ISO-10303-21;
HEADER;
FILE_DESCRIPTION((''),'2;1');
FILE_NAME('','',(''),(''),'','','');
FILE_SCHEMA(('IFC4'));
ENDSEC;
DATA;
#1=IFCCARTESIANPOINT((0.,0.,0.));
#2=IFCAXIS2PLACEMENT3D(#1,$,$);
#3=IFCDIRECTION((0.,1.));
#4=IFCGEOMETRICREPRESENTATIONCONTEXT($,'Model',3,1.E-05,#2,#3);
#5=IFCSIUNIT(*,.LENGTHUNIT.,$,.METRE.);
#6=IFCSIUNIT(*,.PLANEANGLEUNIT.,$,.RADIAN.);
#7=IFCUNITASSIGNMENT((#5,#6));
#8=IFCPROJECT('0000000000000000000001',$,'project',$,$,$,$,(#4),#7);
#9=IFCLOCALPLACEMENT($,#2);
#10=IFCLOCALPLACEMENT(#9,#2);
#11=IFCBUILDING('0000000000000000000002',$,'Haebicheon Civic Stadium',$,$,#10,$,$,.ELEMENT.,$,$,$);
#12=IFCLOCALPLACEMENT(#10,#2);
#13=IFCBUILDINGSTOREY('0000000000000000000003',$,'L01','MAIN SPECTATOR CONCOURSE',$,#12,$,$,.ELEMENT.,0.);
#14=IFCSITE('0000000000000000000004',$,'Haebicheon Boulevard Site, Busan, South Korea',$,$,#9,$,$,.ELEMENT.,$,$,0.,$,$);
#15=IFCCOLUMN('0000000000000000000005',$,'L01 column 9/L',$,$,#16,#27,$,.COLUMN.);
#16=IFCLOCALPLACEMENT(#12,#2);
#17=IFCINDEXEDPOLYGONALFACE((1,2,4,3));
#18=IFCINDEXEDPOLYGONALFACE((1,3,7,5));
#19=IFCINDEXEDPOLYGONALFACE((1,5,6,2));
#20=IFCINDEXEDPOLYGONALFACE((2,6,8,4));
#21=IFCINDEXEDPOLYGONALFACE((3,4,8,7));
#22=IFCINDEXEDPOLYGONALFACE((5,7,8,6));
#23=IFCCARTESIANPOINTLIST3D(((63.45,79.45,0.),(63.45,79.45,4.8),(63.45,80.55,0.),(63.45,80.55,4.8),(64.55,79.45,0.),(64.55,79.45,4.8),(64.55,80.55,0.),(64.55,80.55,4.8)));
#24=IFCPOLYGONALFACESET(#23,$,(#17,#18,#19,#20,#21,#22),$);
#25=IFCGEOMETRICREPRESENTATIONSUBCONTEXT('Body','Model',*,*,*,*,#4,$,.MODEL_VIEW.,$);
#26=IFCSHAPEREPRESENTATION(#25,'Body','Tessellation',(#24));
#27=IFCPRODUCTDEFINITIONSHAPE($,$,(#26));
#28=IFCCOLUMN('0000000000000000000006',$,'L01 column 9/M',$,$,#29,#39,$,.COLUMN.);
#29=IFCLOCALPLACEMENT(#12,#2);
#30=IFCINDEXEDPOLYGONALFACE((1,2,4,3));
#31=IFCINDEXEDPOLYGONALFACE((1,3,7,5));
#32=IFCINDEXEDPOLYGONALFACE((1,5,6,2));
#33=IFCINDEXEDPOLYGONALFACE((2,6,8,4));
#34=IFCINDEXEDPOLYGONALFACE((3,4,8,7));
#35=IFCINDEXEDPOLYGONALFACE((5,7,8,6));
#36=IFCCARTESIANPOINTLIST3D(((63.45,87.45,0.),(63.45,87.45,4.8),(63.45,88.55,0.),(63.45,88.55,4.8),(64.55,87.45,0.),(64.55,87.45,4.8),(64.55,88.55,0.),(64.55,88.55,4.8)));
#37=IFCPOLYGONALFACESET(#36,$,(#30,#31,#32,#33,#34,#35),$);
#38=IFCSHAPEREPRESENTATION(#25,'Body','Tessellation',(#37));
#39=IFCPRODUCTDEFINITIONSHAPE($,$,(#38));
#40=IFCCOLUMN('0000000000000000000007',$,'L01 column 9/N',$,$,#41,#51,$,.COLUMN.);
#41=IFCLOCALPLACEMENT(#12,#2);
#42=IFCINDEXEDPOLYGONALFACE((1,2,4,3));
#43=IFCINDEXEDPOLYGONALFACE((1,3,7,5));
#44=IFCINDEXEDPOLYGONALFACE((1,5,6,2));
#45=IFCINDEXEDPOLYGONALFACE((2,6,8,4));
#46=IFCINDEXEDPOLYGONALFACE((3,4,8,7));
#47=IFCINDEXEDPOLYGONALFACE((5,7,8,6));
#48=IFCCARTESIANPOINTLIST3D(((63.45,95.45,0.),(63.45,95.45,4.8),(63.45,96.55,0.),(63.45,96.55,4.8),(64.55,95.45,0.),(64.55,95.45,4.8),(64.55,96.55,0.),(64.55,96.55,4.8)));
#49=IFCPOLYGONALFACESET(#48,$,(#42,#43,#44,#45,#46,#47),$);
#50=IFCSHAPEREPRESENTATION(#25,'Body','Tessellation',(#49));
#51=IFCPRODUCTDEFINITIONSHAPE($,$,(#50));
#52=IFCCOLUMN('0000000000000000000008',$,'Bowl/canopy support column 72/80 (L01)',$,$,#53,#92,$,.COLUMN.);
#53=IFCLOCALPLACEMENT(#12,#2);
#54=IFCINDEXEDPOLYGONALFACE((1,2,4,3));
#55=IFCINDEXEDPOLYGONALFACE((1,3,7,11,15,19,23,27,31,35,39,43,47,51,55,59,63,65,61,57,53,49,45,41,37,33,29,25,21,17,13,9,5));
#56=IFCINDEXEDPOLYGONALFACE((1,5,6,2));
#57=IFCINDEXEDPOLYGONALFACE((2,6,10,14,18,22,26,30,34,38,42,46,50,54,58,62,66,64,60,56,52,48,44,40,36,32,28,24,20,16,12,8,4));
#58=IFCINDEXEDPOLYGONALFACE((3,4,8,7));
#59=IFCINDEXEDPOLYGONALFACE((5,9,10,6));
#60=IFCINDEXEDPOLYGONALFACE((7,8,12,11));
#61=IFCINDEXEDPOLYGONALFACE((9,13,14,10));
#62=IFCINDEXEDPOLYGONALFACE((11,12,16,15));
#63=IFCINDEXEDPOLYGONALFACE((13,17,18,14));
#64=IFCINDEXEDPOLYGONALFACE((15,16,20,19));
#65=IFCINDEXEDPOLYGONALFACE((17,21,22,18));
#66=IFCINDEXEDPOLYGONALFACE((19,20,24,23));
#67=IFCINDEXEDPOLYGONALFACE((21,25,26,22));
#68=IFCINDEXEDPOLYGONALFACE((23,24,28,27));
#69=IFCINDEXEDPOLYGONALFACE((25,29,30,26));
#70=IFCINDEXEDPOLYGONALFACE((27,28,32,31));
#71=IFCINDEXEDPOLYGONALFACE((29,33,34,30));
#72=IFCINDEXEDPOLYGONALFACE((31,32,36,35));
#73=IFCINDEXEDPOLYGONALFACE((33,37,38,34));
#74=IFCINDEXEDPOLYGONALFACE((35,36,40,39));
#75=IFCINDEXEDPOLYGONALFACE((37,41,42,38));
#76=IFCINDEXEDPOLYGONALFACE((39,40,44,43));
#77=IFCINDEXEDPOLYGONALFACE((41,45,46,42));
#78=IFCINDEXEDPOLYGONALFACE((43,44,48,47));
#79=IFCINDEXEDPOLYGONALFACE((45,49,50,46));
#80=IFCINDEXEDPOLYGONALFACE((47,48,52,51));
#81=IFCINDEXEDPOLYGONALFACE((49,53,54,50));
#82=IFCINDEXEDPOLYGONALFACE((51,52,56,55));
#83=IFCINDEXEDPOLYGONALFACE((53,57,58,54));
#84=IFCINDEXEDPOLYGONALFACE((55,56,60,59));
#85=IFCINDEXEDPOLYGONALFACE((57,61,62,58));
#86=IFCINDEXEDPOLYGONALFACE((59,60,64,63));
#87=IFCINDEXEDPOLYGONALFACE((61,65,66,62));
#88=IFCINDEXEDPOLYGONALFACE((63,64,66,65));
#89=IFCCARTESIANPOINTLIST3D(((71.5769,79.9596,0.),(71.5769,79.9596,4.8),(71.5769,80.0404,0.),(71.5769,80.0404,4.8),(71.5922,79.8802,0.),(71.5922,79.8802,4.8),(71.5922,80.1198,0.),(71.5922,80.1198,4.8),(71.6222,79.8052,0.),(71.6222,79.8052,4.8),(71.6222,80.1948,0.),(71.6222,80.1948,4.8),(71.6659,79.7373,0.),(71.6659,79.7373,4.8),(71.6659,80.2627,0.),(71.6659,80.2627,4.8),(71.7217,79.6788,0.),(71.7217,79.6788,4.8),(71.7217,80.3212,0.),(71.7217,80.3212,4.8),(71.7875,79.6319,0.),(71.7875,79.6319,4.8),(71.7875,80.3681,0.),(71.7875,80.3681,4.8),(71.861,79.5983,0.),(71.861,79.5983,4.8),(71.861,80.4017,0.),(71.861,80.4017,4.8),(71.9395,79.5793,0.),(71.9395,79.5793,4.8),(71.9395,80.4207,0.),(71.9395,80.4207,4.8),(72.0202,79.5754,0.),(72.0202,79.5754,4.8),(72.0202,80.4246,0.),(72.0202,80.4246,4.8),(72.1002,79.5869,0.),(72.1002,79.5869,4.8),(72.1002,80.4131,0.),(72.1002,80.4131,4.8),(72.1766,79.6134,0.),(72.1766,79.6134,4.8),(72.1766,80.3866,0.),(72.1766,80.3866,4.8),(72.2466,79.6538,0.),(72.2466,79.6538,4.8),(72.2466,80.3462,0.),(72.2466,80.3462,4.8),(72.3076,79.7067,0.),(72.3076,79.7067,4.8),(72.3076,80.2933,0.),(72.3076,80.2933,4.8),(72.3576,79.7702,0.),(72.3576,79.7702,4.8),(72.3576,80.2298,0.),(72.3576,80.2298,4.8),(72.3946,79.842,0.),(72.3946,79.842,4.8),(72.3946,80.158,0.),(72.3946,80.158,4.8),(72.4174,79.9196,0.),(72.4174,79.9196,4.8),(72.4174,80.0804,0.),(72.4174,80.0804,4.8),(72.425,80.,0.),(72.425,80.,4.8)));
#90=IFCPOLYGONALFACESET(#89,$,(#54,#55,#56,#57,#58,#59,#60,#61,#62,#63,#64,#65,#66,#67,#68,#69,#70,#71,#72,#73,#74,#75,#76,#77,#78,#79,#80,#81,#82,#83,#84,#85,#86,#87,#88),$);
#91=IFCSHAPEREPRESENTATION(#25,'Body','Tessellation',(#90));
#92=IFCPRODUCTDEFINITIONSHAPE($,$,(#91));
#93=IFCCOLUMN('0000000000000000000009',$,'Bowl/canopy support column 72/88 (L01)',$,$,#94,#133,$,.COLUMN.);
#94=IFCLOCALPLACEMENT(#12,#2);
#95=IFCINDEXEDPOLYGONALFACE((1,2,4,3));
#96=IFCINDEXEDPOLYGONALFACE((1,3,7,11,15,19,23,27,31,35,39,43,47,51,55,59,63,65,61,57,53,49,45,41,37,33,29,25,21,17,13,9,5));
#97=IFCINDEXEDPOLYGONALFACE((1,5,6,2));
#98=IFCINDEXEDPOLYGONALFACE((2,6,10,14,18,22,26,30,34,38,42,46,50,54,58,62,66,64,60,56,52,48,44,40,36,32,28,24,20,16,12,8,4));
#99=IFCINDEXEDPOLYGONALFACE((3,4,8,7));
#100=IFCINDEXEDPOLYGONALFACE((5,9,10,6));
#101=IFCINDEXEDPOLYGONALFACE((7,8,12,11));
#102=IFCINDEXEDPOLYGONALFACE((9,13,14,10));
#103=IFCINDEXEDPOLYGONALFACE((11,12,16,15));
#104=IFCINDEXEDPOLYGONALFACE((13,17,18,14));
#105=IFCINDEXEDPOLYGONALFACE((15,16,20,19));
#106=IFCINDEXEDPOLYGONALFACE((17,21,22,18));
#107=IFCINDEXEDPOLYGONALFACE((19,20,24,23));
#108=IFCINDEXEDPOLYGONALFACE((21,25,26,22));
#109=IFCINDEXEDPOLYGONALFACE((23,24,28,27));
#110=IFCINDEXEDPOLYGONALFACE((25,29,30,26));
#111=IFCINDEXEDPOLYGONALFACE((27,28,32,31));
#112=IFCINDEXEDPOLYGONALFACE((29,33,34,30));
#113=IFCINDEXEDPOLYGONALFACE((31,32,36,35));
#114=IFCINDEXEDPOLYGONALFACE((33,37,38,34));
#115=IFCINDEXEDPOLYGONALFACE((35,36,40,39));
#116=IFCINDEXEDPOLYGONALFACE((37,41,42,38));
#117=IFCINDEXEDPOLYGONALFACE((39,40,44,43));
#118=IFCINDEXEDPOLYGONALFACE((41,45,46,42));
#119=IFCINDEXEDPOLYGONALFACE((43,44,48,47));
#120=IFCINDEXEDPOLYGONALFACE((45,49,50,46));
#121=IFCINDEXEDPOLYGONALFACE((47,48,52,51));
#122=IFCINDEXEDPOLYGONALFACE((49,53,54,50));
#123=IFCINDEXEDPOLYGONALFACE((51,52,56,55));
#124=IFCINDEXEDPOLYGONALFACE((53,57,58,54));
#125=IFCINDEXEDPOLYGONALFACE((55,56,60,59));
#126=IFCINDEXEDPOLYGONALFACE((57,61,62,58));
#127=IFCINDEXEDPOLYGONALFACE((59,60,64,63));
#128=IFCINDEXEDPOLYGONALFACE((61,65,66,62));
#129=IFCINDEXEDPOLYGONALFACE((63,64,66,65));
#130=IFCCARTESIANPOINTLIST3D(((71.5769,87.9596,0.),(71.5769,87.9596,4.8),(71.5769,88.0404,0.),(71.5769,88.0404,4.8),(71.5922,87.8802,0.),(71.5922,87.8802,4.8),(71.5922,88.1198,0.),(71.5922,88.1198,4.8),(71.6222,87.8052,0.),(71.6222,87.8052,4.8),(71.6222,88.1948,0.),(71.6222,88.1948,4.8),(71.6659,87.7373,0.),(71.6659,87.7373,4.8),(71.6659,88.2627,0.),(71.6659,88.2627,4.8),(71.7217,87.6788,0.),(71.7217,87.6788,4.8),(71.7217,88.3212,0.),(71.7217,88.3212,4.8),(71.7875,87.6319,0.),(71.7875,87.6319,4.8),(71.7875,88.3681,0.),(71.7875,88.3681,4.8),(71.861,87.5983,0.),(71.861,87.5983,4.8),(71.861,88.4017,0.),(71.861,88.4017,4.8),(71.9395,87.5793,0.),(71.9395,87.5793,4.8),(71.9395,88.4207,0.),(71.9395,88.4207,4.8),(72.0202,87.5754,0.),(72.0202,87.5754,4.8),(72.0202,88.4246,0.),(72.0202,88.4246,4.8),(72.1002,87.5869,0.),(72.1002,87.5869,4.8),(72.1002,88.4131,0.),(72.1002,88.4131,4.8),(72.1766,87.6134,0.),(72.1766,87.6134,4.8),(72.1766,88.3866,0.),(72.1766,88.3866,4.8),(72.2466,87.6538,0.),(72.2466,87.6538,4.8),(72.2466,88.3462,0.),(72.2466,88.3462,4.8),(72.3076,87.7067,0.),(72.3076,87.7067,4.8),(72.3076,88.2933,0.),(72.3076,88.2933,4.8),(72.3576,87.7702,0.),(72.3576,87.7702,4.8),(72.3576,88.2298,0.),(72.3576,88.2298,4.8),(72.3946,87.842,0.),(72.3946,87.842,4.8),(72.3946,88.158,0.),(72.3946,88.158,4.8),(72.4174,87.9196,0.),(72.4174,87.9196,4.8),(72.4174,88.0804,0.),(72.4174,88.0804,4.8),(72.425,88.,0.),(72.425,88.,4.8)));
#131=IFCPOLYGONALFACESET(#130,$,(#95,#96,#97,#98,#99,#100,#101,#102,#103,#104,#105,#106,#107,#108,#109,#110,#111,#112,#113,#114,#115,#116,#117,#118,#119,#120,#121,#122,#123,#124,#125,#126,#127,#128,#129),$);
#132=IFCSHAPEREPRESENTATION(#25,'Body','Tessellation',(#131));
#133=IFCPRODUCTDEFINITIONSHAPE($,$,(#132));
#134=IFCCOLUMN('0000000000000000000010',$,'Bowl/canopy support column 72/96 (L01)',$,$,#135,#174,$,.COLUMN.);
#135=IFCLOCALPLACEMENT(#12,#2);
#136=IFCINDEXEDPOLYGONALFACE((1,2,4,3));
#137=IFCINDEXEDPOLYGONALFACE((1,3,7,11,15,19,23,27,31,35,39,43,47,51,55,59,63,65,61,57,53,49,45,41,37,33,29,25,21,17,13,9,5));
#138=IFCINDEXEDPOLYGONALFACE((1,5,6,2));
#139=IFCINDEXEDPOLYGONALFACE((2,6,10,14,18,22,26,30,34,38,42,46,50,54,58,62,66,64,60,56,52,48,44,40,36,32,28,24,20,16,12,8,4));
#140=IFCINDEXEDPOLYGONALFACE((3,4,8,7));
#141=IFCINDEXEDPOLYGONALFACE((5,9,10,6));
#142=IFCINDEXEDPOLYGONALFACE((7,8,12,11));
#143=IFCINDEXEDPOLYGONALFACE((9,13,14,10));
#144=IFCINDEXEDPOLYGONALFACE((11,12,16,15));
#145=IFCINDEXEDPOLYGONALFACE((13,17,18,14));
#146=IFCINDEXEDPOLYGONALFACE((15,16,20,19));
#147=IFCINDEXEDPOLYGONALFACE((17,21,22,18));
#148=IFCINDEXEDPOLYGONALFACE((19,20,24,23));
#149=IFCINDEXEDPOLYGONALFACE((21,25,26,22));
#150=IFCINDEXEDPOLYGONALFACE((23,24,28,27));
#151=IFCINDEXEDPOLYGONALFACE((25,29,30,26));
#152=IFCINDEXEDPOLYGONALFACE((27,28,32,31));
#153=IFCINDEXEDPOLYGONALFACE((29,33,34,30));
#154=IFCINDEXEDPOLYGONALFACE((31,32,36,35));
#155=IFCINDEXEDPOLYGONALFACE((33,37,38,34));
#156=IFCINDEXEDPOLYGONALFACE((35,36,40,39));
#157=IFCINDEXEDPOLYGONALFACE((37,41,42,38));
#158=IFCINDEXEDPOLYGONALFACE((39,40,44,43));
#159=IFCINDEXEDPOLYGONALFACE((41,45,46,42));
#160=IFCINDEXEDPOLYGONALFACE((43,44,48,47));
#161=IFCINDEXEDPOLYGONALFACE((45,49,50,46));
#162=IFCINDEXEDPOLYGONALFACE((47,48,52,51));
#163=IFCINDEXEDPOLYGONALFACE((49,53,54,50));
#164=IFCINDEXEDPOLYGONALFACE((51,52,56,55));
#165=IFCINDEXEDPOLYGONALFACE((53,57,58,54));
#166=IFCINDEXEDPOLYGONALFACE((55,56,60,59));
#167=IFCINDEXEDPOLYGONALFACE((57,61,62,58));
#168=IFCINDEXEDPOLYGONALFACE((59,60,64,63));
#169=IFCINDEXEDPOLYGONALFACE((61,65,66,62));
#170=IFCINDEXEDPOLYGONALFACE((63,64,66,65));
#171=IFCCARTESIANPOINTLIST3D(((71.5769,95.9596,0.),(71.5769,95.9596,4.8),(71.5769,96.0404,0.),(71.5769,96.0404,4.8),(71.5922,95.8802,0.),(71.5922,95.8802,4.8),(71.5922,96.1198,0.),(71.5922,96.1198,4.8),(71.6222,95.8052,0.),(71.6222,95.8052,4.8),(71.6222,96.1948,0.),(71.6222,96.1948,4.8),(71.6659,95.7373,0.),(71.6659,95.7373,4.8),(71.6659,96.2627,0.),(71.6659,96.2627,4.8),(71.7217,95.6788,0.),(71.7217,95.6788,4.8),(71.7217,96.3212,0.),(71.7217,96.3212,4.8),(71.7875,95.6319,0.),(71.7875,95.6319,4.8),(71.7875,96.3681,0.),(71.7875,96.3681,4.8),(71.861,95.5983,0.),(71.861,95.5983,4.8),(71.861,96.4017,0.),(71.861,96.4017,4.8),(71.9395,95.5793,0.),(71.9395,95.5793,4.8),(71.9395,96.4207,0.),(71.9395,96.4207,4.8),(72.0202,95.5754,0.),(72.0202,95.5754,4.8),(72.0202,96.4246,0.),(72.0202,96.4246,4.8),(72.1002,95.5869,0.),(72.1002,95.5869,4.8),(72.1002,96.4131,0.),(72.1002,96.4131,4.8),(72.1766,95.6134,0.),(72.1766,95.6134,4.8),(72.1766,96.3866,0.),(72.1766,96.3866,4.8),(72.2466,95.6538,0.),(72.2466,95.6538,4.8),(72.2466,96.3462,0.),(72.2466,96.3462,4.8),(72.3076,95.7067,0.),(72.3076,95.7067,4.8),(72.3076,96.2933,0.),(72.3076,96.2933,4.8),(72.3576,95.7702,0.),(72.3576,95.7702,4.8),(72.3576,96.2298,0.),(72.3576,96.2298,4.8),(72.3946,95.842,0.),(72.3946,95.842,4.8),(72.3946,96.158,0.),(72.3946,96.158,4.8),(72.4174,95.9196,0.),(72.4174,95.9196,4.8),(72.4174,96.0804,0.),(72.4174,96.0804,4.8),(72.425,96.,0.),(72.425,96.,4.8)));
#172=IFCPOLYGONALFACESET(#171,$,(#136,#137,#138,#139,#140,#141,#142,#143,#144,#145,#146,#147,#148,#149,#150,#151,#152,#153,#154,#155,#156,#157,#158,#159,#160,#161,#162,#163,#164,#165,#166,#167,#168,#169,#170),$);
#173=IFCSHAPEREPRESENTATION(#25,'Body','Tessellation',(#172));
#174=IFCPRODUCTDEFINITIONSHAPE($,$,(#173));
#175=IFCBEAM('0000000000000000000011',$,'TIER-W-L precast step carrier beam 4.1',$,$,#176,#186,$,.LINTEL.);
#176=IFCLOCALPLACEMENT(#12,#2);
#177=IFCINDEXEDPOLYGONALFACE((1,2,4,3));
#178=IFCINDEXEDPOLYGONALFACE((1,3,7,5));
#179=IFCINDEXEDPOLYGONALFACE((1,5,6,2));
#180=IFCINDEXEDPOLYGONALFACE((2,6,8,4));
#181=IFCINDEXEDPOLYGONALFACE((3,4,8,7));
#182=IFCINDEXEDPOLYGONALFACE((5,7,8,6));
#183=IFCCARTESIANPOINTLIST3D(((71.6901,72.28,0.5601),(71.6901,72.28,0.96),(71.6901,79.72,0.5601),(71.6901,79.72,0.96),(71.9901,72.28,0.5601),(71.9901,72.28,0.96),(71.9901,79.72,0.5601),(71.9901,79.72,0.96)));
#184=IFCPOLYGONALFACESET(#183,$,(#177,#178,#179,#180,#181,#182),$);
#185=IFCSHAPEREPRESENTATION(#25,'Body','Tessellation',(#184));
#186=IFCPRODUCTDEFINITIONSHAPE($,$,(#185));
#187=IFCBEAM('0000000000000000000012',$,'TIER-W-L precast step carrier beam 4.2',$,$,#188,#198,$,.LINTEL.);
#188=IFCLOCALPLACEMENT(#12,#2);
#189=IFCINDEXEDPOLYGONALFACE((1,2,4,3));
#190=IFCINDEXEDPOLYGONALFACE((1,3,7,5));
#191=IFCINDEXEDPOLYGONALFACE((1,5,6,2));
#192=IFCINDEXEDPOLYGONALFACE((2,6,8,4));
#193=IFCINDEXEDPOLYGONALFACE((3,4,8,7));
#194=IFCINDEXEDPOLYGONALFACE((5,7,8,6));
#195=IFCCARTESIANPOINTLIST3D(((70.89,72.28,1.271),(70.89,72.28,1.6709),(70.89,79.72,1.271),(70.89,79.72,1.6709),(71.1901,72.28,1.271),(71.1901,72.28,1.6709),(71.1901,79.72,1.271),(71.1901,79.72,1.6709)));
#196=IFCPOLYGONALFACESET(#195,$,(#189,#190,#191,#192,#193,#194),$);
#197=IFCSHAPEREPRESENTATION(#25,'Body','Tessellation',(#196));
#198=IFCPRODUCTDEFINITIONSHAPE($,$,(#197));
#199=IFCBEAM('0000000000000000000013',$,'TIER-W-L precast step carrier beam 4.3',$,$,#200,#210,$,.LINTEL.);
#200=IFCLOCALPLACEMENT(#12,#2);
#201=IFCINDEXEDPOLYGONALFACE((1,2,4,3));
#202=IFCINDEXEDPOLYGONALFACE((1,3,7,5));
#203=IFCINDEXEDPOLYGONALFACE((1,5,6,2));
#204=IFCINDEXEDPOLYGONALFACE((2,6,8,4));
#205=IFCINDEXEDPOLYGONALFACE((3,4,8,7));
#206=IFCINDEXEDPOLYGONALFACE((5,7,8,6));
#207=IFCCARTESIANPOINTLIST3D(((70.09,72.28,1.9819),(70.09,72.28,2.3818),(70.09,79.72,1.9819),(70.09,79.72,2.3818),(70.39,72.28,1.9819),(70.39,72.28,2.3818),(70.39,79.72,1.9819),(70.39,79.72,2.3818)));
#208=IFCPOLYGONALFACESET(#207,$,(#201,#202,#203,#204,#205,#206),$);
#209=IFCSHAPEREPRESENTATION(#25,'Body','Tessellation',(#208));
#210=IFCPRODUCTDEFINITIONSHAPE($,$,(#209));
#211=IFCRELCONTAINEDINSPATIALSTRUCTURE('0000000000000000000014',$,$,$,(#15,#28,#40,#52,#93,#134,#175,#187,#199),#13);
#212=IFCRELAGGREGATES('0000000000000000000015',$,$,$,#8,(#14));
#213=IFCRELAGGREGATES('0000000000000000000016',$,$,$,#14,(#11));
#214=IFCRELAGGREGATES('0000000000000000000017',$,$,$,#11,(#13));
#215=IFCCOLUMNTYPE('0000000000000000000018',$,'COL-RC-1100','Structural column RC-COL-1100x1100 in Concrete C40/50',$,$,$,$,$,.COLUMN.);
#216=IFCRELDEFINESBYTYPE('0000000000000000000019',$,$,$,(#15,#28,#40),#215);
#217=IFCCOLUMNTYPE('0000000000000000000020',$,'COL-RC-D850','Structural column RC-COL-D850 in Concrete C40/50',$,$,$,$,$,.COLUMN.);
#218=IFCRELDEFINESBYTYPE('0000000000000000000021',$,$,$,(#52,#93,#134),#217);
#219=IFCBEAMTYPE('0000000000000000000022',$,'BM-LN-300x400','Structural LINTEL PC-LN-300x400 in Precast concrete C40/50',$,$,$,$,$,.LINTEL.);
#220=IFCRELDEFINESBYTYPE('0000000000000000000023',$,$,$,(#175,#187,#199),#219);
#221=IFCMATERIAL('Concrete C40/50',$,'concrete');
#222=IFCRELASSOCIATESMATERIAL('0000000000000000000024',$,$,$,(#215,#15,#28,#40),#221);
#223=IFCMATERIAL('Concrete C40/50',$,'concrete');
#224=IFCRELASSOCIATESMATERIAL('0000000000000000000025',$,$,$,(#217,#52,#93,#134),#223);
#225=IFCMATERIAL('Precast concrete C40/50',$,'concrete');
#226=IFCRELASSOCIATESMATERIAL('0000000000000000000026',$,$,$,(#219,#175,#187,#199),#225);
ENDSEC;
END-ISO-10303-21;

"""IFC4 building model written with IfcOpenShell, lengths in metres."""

from ifc_helpers import new_model, si_unit, direction, frame, origin, origin_2d, place, context, subcontext, project, spatial, rectangle, circle, extrude, material, material_profile, profile_set, type_object, element, save


model = new_model("IFC4")

# Units and contexts
model_context = context("Model", 3, precision=1e-05, world=origin(), true_north=direction((0.0, 1.0)))
body_context = subcontext(model_context, "Body", "Model", "MODEL_VIEW")
ifc_project = project(units=[si_unit("LENGTHUNIT", "METRE"), si_unit("PLANEANGLEUNIT", "RADIAN")], contexts=[model_context])

# Site, building, storey
site_placement = place(None, origin())
site = spatial("IfcSite", under=ifc_project, at=site_placement, Name="Haebicheon Boulevard Site, Busan, South Korea", CompositionType="ELEMENT", RefElevation=0.0)
building_placement = place(site_placement, origin())
building = spatial("IfcBuilding", under=site, at=building_placement, Name="Haebicheon Civic Stadium", CompositionType="ELEMENT")
storey_placement = place(building_placement, origin())
storey = spatial("IfcBuildingStorey", under=building, at=storey_placement, Name="L01", Description="MAIN SPECTATOR CONCOURSE", CompositionType="ELEMENT", Elevation=0.0)

# Columns
ifc_material_1 = material(Name="Concrete C40/50", Category="concrete")
ifc_material_profile_1 = material_profile(ifc_material_1, rectangle(XDim=1.1001, YDim=1.1001, at=origin_2d()), Name="RC-COL-1100x1100")
ifc_profile_set_1 = profile_set([ifc_material_profile_1], Name="Concrete C40/50")
column_type_1 = type_object("IfcColumnType", Name="COL-RC-1100", Description="Structural column RC-COL-1100x1100 in Concrete C40/50", PredefinedType="COLUMN", material=ifc_profile_set_1)
for number, where, z_axis, x_axis, name in (
    (1, (64.0, 80.0, 0.0), (0.0, 0.0, 1.0), (1.0, 0.0, 0.0), "L01 column 9/L"),
    (2, (64.0, 88.0, 0.0), (0.0, 0.0, 1.0), (1.0, 0.0, 0.0), "L01 column 9/M"),
    (3, (64.0, 96.0, 0.0), (0.0, 0.0, 1.0), (1.0, 0.0, 0.0), "L01 column 9/N"),
):
    element("IfcColumn", number, at=place(storey_placement, frame(where, z_axis=z_axis, x_axis=x_axis)), inside=storey, type_object=column_type_1, material=ifc_profile_set_1, Name=name, PredefinedType="COLUMN", context=body_context, shape_type="SweptSolid", body=[
        extrude(rectangle(XDim=1.1001, YDim=1.1001, at=origin_2d()), origin(), (0.0, 0.0, 1.0), 4.8),
    ])
ifc_material_2 = material(Name="Concrete C40/50", Category="concrete")
ifc_material_profile_2 = material_profile(ifc_material_2, circle(Radius=0.425, at=origin_2d()), Name="RC-COL-D850")
ifc_profile_set_2 = profile_set([ifc_material_profile_2], Name="Concrete C40/50")
column_type_2 = type_object("IfcColumnType", Name="COL-RC-D850", Description="Structural column RC-COL-D850 in Concrete C40/50", PredefinedType="COLUMN", material=ifc_profile_set_2)
for number, where, z_axis, x_axis, name in (
    (4, (72.0, 80.0, 0.0), (0.0, 0.0, 1.0), (1.0, 0.0, 0.0), "Bowl/canopy support column 72/80 (L01)"),
    (5, (72.0, 88.0, 0.0), (0.0, 0.0, 1.0), (1.0, 0.0, 0.0), "Bowl/canopy support column 72/88 (L01)"),
    (6, (72.0, 96.0, 0.0), (0.0, 0.0, 1.0), (1.0, 0.0, 0.0), "Bowl/canopy support column 72/96 (L01)"),
):
    element("IfcColumn", number, at=place(storey_placement, frame(where, z_axis=z_axis, x_axis=x_axis)), inside=storey, type_object=column_type_2, material=ifc_profile_set_2, Name=name, PredefinedType="COLUMN", context=body_context, shape_type="SweptSolid", body=[
        extrude(circle(Radius=0.425, at=origin_2d()), origin(), (0.0, 0.0, 1.0), 4.8),
    ])

# Beams
ifc_material_3 = material(Name="Precast concrete C40/50", Category="concrete")
ifc_material_profile_3 = material_profile(ifc_material_3, rectangle(XDim=0.3, YDim=0.3999, at=origin_2d()), Name="PC-LN-300x400")
ifc_profile_set_3 = profile_set([ifc_material_profile_3], Name="Precast concrete C40/50")
beam_type_1 = type_object("IfcBeamType", Name="BM-LN-300x400", Description="Structural LINTEL PC-LN-300x400 in Precast concrete C40/50", PredefinedType="LINTEL", material=ifc_profile_set_3)
for number, where, z_axis, x_axis, name in (
    (7, (71.8401, 72.28, 0.76), (0.0, 1.0, 0.0), (-1.0, 0.0, 0.0), "TIER-W-L precast step carrier beam 4.1"),
    (8, (71.04, 72.28, 1.4709), (0.0, 1.0, 0.0), (-1.0, 0.0, 0.0), "TIER-W-L precast step carrier beam 4.2"),
    (9, (70.24, 72.28, 2.1819), (0.0, 1.0, 0.0), (-1.0, 0.0, 0.0), "TIER-W-L precast step carrier beam 4.3"),
):
    element("IfcBeam", number, at=place(storey_placement, frame(where, z_axis=z_axis, x_axis=x_axis)), inside=storey, type_object=beam_type_1, material=ifc_profile_set_3, Name=name, PredefinedType="LINTEL", context=body_context, shape_type="SweptSolid", body=[
        extrude(rectangle(XDim=0.3, YDim=0.3999, at=origin_2d()), origin(), (0.0, 0.0, 1.0), 7.4399),
    ])

save(model, "model.ifc")
